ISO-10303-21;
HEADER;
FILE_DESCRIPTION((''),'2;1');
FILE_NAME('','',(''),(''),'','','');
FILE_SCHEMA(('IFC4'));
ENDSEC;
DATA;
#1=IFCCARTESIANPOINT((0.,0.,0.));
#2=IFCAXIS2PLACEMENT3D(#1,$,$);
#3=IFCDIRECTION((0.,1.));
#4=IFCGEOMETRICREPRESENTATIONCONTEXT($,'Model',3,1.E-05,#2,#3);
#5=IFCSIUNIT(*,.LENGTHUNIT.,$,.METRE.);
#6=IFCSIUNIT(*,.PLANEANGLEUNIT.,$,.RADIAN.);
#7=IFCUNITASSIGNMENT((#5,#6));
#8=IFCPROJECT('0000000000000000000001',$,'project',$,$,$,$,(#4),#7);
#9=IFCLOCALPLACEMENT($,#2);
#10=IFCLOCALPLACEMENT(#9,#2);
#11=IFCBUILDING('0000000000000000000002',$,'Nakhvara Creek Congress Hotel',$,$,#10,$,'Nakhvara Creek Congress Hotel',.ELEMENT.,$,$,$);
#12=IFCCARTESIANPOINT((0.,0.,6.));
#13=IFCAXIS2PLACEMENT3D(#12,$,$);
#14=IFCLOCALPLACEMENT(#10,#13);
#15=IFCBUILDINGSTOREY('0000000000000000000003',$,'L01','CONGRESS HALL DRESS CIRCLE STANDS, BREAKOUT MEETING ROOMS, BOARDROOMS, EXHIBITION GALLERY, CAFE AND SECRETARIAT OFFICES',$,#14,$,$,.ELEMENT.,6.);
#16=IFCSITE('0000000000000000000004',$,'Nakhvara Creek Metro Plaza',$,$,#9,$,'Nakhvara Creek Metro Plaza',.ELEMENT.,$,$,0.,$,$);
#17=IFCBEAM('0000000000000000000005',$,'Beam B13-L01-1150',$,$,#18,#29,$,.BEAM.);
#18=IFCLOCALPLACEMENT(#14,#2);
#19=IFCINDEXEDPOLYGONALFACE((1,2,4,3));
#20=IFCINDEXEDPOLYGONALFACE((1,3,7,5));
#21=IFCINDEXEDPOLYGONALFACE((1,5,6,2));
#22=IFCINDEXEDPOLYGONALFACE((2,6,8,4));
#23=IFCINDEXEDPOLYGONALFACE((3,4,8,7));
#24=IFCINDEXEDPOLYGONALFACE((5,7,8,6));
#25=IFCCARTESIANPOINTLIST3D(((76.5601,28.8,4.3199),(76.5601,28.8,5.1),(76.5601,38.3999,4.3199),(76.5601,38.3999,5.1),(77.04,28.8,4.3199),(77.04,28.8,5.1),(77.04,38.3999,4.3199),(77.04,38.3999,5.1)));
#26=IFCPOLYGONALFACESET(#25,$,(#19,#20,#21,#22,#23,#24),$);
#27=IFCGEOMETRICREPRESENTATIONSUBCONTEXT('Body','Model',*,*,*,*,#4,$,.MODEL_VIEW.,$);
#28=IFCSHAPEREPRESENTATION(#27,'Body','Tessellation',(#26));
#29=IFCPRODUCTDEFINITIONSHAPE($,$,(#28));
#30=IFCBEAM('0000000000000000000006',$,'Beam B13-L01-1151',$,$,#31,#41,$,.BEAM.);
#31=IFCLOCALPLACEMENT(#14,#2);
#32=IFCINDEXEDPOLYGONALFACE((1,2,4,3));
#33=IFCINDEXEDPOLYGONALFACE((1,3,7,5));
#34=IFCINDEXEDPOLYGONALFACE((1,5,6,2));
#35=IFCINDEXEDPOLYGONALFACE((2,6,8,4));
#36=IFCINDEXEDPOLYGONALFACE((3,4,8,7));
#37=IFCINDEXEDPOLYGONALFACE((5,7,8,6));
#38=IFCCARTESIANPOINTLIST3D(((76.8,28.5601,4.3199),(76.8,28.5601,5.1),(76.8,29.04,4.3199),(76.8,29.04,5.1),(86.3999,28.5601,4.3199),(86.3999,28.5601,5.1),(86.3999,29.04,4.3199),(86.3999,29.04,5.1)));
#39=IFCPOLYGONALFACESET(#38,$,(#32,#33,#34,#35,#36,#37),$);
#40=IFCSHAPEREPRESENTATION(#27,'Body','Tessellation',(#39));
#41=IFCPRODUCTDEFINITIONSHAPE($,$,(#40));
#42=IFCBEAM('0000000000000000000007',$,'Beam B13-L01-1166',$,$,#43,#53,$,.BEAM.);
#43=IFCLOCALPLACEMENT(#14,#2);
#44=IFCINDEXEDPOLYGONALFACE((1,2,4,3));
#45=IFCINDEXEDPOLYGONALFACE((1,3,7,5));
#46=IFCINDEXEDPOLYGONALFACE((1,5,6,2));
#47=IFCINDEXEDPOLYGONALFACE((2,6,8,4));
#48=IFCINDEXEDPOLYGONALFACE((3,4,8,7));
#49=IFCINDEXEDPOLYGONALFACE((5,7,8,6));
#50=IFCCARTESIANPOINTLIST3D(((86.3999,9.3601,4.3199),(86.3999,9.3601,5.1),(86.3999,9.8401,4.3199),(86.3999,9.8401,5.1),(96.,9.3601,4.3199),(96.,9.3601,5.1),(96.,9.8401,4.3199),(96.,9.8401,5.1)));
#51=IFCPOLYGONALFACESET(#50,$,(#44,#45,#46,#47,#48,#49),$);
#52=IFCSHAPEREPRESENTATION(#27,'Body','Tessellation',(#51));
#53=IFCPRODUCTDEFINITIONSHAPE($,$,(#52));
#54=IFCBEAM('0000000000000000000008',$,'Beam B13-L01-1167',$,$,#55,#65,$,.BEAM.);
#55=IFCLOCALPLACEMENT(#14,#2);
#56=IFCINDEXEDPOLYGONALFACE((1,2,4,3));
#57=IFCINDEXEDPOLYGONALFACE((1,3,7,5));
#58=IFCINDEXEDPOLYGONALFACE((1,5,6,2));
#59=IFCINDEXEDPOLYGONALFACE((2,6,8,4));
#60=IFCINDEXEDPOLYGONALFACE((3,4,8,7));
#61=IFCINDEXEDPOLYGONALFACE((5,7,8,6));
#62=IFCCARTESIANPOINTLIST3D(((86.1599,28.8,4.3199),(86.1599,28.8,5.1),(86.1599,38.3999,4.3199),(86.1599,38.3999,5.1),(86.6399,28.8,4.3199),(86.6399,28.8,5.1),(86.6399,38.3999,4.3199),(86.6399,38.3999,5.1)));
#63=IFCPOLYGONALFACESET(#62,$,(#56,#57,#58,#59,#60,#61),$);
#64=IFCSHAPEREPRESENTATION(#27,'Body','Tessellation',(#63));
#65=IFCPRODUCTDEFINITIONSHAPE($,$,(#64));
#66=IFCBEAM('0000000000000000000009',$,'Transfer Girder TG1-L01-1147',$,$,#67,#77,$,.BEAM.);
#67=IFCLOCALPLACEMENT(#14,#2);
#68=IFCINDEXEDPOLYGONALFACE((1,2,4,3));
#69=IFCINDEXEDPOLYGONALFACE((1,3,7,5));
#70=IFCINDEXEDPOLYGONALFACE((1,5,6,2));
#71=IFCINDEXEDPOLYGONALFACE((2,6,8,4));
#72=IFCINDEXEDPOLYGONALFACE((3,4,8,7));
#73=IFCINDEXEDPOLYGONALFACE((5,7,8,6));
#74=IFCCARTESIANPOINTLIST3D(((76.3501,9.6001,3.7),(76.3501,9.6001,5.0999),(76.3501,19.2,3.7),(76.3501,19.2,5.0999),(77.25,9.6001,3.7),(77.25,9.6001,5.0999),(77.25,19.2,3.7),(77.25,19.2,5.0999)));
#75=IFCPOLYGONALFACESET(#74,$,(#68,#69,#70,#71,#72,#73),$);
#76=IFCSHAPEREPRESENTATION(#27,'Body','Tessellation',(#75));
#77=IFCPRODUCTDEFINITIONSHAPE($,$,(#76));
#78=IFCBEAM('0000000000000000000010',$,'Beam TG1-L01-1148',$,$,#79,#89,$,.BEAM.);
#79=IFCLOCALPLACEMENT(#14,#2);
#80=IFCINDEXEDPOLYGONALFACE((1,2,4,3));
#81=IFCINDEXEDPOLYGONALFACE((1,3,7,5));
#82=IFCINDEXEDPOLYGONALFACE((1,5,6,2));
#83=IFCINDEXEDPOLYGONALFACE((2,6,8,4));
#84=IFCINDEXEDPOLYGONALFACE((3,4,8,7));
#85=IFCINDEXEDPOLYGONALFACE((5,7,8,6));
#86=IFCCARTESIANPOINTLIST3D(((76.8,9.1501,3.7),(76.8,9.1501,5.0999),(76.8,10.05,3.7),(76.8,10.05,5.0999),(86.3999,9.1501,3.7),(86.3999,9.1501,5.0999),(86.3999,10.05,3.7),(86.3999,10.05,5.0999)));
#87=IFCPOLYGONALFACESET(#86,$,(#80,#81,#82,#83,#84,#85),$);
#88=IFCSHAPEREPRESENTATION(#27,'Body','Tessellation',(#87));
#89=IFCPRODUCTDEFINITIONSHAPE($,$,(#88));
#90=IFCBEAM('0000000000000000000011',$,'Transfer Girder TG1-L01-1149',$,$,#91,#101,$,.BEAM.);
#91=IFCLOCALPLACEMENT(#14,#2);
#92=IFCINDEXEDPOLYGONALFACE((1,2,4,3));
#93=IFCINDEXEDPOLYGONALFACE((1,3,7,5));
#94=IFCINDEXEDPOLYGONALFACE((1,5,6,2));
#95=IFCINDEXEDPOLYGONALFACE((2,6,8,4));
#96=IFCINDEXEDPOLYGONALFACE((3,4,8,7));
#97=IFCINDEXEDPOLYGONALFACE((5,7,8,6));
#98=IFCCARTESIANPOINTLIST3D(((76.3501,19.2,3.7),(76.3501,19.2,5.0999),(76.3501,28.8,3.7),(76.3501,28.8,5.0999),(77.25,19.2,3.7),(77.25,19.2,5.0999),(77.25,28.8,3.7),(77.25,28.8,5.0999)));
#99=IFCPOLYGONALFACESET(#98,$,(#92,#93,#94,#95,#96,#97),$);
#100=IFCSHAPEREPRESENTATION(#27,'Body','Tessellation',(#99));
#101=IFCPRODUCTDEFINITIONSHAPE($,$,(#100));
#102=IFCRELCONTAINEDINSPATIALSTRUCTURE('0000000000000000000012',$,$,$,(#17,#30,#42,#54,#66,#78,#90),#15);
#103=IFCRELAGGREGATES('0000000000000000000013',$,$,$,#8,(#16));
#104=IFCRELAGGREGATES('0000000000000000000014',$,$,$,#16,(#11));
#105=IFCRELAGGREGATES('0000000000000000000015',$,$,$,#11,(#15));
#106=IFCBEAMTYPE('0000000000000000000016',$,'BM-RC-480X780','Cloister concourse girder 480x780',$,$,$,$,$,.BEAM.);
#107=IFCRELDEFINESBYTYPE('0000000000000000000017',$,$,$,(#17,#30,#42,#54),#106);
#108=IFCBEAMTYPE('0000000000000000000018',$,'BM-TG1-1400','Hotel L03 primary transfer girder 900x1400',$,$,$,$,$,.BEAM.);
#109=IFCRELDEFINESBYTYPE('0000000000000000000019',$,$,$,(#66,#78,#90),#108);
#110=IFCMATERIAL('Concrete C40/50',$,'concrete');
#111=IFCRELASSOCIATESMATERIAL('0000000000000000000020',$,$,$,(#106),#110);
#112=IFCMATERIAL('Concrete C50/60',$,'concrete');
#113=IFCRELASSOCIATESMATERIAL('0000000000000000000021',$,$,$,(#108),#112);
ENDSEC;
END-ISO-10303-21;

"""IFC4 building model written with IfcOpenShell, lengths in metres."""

from ifc_helpers import new_model, si_unit, direction, frame, origin, origin_2d, place, context, subcontext, project, spatial, rectangle, extrude, material, material_profile, profile_set, type_object, element, save


model = new_model("IFC4")

# Units and contexts
model_context = context("Model", 3, precision=1e-05, world=origin(), true_north=direction((0.0, 1.0)))
body_context = subcontext(model_context, "Body", "Model", "MODEL_VIEW")
ifc_project = project(units=[si_unit("LENGTHUNIT", "METRE"), si_unit("PLANEANGLEUNIT", "RADIAN")], contexts=[model_context])

# Site, building, storey
site_placement = place(None, origin())
site = spatial("IfcSite", under=ifc_project, at=site_placement, Name="Nakhvara Creek Metro Plaza", LongName="Nakhvara Creek Metro Plaza", CompositionType="ELEMENT", RefElevation=0.0)
building_placement = place(site_placement, origin())
building = spatial("IfcBuilding", under=site, at=building_placement, Name="Nakhvara Creek Congress Hotel", LongName="Nakhvara Creek Congress Hotel", CompositionType="ELEMENT")
storey_placement = place(building_placement, frame((0.0, 0.0, 6.0)))
storey = spatial("IfcBuildingStorey", under=building, at=storey_placement, Name="L01", Description="CONGRESS HALL DRESS CIRCLE STANDS, BREAKOUT MEETING ROOMS, BOARDROOMS, EXHIBITION GALLERY, CAFE AND SECRETARIAT OFFICES", CompositionType="ELEMENT", Elevation=6.0)

# Shared definitions
ifc_material_1 = material(Name="Concrete C50/60", Category="concrete")

# Beams
ifc_material_2 = material(Name="Concrete C40/50", Category="concrete")
ifc_material_profile_1 = material_profile(ifc_material_2, rectangle(XDim=0.48, YDim=0.78, at=origin_2d()), Name="RC-BM 480x780", Category="LoadBearing")
ifc_profile_set_1 = profile_set([ifc_material_profile_1], Name="Concrete C40/50")
beam_type_1 = type_object("IfcBeamType", Name="BM-RC-480X780", Description="Cloister concourse girder 480x780", PredefinedType="BEAM", material=ifc_profile_set_1)
for number, where, z_axis, x_axis, name in (
    (1, (76.8, 28.8, 4.71), (0.0, 1.0, 0.0), (-1.0, 0.0, 0.0), "Beam B13-L01-1150"),
    (2, (76.8, 28.8, 4.71), (1.0, 0.0, 0.0), (0.0, 1.0, 0.0), "Beam B13-L01-1151"),
):
    element("IfcBeam", number, at=place(storey_placement, frame(where, z_axis=z_axis, x_axis=x_axis)), inside=storey, type_object=beam_type_1, Name=name, PredefinedType="BEAM", context=body_context, shape_type="SweptSolid", body=[
        extrude(rectangle(XDim=0.48, YDim=0.78, at=origin_2d()), origin(), (0.0, 0.0, 1.0), 9.5999),
    ])
beam_1_placement = place(storey_placement, frame((86.3999, 9.6001, 4.71), z_axis=(1.0, 0.0, 0.0), x_axis=(0.0, 1.0, 0.0)))
element("IfcBeam", 3, at=beam_1_placement, inside=storey, type_object=beam_type_1, Name="Beam B13-L01-1166", PredefinedType="BEAM", context=body_context, shape_type="SweptSolid", body=[
    extrude(rectangle(XDim=0.48, YDim=0.78, at=origin_2d()), origin(), (0.0, 0.0, 1.0), 9.6001),
])
beam_2_placement = place(storey_placement, frame((86.3999, 28.8, 4.71), z_axis=(0.0, 1.0, 0.0), x_axis=(-1.0, 0.0, 0.0)))
element("IfcBeam", 4, at=beam_2_placement, inside=storey, type_object=beam_type_1, Name="Beam B13-L01-1167", PredefinedType="BEAM", context=body_context, shape_type="SweptSolid", body=[
    extrude(rectangle(XDim=0.48, YDim=0.78, at=origin_2d()), origin(), (0.0, 0.0, 1.0), 9.5999),
])
ifc_material_profile_2 = material_profile(ifc_material_1, rectangle(XDim=0.8999, YDim=1.3999, at=origin_2d()), Name="RC-TG 900x1400", Category="LoadBearing")
ifc_profile_set_2 = profile_set([ifc_material_profile_2], Name="Concrete C50/60")
beam_type_2 = type_object("IfcBeamType", Name="BM-TG1-1400", Description="Hotel L03 primary transfer girder 900x1400", PredefinedType="BEAM", material=ifc_profile_set_2)
for number, where, z_axis, x_axis, name in (
    (5, (76.8, 9.6001, 4.3999), (0.0, 1.0, 0.0), (-1.0, 0.0, 0.0), "Transfer Girder TG1-L01-1147"),
    (6, (76.8, 9.6001, 4.3999), (1.0, 0.0, 0.0), (0.0, 1.0, 0.0), "Beam TG1-L01-1148"),
):
    element("IfcBeam", number, at=place(storey_placement, frame(where, z_axis=z_axis, x_axis=x_axis)), inside=storey, type_object=beam_type_2, Name=name, PredefinedType="BEAM", context=body_context, shape_type="SweptSolid", body=[
        extrude(rectangle(XDim=0.8999, YDim=1.3999, at=origin_2d()), origin(), (0.0, 0.0, 1.0), 9.5999),
    ])
beam_3_placement = place(storey_placement, frame((76.8, 19.2, 4.3999), z_axis=(0.0, 1.0, 0.0), x_axis=(-1.0, 0.0, 0.0)))
element("IfcBeam", 7, at=beam_3_placement, inside=storey, type_object=beam_type_2, Name="Transfer Girder TG1-L01-1149", PredefinedType="BEAM", context=body_context, shape_type="SweptSolid", body=[
    extrude(rectangle(XDim=0.8999, YDim=1.3999, at=origin_2d()), origin(), (0.0, 0.0, 1.0), 9.6001),
])

save(model, "model.ifc")
